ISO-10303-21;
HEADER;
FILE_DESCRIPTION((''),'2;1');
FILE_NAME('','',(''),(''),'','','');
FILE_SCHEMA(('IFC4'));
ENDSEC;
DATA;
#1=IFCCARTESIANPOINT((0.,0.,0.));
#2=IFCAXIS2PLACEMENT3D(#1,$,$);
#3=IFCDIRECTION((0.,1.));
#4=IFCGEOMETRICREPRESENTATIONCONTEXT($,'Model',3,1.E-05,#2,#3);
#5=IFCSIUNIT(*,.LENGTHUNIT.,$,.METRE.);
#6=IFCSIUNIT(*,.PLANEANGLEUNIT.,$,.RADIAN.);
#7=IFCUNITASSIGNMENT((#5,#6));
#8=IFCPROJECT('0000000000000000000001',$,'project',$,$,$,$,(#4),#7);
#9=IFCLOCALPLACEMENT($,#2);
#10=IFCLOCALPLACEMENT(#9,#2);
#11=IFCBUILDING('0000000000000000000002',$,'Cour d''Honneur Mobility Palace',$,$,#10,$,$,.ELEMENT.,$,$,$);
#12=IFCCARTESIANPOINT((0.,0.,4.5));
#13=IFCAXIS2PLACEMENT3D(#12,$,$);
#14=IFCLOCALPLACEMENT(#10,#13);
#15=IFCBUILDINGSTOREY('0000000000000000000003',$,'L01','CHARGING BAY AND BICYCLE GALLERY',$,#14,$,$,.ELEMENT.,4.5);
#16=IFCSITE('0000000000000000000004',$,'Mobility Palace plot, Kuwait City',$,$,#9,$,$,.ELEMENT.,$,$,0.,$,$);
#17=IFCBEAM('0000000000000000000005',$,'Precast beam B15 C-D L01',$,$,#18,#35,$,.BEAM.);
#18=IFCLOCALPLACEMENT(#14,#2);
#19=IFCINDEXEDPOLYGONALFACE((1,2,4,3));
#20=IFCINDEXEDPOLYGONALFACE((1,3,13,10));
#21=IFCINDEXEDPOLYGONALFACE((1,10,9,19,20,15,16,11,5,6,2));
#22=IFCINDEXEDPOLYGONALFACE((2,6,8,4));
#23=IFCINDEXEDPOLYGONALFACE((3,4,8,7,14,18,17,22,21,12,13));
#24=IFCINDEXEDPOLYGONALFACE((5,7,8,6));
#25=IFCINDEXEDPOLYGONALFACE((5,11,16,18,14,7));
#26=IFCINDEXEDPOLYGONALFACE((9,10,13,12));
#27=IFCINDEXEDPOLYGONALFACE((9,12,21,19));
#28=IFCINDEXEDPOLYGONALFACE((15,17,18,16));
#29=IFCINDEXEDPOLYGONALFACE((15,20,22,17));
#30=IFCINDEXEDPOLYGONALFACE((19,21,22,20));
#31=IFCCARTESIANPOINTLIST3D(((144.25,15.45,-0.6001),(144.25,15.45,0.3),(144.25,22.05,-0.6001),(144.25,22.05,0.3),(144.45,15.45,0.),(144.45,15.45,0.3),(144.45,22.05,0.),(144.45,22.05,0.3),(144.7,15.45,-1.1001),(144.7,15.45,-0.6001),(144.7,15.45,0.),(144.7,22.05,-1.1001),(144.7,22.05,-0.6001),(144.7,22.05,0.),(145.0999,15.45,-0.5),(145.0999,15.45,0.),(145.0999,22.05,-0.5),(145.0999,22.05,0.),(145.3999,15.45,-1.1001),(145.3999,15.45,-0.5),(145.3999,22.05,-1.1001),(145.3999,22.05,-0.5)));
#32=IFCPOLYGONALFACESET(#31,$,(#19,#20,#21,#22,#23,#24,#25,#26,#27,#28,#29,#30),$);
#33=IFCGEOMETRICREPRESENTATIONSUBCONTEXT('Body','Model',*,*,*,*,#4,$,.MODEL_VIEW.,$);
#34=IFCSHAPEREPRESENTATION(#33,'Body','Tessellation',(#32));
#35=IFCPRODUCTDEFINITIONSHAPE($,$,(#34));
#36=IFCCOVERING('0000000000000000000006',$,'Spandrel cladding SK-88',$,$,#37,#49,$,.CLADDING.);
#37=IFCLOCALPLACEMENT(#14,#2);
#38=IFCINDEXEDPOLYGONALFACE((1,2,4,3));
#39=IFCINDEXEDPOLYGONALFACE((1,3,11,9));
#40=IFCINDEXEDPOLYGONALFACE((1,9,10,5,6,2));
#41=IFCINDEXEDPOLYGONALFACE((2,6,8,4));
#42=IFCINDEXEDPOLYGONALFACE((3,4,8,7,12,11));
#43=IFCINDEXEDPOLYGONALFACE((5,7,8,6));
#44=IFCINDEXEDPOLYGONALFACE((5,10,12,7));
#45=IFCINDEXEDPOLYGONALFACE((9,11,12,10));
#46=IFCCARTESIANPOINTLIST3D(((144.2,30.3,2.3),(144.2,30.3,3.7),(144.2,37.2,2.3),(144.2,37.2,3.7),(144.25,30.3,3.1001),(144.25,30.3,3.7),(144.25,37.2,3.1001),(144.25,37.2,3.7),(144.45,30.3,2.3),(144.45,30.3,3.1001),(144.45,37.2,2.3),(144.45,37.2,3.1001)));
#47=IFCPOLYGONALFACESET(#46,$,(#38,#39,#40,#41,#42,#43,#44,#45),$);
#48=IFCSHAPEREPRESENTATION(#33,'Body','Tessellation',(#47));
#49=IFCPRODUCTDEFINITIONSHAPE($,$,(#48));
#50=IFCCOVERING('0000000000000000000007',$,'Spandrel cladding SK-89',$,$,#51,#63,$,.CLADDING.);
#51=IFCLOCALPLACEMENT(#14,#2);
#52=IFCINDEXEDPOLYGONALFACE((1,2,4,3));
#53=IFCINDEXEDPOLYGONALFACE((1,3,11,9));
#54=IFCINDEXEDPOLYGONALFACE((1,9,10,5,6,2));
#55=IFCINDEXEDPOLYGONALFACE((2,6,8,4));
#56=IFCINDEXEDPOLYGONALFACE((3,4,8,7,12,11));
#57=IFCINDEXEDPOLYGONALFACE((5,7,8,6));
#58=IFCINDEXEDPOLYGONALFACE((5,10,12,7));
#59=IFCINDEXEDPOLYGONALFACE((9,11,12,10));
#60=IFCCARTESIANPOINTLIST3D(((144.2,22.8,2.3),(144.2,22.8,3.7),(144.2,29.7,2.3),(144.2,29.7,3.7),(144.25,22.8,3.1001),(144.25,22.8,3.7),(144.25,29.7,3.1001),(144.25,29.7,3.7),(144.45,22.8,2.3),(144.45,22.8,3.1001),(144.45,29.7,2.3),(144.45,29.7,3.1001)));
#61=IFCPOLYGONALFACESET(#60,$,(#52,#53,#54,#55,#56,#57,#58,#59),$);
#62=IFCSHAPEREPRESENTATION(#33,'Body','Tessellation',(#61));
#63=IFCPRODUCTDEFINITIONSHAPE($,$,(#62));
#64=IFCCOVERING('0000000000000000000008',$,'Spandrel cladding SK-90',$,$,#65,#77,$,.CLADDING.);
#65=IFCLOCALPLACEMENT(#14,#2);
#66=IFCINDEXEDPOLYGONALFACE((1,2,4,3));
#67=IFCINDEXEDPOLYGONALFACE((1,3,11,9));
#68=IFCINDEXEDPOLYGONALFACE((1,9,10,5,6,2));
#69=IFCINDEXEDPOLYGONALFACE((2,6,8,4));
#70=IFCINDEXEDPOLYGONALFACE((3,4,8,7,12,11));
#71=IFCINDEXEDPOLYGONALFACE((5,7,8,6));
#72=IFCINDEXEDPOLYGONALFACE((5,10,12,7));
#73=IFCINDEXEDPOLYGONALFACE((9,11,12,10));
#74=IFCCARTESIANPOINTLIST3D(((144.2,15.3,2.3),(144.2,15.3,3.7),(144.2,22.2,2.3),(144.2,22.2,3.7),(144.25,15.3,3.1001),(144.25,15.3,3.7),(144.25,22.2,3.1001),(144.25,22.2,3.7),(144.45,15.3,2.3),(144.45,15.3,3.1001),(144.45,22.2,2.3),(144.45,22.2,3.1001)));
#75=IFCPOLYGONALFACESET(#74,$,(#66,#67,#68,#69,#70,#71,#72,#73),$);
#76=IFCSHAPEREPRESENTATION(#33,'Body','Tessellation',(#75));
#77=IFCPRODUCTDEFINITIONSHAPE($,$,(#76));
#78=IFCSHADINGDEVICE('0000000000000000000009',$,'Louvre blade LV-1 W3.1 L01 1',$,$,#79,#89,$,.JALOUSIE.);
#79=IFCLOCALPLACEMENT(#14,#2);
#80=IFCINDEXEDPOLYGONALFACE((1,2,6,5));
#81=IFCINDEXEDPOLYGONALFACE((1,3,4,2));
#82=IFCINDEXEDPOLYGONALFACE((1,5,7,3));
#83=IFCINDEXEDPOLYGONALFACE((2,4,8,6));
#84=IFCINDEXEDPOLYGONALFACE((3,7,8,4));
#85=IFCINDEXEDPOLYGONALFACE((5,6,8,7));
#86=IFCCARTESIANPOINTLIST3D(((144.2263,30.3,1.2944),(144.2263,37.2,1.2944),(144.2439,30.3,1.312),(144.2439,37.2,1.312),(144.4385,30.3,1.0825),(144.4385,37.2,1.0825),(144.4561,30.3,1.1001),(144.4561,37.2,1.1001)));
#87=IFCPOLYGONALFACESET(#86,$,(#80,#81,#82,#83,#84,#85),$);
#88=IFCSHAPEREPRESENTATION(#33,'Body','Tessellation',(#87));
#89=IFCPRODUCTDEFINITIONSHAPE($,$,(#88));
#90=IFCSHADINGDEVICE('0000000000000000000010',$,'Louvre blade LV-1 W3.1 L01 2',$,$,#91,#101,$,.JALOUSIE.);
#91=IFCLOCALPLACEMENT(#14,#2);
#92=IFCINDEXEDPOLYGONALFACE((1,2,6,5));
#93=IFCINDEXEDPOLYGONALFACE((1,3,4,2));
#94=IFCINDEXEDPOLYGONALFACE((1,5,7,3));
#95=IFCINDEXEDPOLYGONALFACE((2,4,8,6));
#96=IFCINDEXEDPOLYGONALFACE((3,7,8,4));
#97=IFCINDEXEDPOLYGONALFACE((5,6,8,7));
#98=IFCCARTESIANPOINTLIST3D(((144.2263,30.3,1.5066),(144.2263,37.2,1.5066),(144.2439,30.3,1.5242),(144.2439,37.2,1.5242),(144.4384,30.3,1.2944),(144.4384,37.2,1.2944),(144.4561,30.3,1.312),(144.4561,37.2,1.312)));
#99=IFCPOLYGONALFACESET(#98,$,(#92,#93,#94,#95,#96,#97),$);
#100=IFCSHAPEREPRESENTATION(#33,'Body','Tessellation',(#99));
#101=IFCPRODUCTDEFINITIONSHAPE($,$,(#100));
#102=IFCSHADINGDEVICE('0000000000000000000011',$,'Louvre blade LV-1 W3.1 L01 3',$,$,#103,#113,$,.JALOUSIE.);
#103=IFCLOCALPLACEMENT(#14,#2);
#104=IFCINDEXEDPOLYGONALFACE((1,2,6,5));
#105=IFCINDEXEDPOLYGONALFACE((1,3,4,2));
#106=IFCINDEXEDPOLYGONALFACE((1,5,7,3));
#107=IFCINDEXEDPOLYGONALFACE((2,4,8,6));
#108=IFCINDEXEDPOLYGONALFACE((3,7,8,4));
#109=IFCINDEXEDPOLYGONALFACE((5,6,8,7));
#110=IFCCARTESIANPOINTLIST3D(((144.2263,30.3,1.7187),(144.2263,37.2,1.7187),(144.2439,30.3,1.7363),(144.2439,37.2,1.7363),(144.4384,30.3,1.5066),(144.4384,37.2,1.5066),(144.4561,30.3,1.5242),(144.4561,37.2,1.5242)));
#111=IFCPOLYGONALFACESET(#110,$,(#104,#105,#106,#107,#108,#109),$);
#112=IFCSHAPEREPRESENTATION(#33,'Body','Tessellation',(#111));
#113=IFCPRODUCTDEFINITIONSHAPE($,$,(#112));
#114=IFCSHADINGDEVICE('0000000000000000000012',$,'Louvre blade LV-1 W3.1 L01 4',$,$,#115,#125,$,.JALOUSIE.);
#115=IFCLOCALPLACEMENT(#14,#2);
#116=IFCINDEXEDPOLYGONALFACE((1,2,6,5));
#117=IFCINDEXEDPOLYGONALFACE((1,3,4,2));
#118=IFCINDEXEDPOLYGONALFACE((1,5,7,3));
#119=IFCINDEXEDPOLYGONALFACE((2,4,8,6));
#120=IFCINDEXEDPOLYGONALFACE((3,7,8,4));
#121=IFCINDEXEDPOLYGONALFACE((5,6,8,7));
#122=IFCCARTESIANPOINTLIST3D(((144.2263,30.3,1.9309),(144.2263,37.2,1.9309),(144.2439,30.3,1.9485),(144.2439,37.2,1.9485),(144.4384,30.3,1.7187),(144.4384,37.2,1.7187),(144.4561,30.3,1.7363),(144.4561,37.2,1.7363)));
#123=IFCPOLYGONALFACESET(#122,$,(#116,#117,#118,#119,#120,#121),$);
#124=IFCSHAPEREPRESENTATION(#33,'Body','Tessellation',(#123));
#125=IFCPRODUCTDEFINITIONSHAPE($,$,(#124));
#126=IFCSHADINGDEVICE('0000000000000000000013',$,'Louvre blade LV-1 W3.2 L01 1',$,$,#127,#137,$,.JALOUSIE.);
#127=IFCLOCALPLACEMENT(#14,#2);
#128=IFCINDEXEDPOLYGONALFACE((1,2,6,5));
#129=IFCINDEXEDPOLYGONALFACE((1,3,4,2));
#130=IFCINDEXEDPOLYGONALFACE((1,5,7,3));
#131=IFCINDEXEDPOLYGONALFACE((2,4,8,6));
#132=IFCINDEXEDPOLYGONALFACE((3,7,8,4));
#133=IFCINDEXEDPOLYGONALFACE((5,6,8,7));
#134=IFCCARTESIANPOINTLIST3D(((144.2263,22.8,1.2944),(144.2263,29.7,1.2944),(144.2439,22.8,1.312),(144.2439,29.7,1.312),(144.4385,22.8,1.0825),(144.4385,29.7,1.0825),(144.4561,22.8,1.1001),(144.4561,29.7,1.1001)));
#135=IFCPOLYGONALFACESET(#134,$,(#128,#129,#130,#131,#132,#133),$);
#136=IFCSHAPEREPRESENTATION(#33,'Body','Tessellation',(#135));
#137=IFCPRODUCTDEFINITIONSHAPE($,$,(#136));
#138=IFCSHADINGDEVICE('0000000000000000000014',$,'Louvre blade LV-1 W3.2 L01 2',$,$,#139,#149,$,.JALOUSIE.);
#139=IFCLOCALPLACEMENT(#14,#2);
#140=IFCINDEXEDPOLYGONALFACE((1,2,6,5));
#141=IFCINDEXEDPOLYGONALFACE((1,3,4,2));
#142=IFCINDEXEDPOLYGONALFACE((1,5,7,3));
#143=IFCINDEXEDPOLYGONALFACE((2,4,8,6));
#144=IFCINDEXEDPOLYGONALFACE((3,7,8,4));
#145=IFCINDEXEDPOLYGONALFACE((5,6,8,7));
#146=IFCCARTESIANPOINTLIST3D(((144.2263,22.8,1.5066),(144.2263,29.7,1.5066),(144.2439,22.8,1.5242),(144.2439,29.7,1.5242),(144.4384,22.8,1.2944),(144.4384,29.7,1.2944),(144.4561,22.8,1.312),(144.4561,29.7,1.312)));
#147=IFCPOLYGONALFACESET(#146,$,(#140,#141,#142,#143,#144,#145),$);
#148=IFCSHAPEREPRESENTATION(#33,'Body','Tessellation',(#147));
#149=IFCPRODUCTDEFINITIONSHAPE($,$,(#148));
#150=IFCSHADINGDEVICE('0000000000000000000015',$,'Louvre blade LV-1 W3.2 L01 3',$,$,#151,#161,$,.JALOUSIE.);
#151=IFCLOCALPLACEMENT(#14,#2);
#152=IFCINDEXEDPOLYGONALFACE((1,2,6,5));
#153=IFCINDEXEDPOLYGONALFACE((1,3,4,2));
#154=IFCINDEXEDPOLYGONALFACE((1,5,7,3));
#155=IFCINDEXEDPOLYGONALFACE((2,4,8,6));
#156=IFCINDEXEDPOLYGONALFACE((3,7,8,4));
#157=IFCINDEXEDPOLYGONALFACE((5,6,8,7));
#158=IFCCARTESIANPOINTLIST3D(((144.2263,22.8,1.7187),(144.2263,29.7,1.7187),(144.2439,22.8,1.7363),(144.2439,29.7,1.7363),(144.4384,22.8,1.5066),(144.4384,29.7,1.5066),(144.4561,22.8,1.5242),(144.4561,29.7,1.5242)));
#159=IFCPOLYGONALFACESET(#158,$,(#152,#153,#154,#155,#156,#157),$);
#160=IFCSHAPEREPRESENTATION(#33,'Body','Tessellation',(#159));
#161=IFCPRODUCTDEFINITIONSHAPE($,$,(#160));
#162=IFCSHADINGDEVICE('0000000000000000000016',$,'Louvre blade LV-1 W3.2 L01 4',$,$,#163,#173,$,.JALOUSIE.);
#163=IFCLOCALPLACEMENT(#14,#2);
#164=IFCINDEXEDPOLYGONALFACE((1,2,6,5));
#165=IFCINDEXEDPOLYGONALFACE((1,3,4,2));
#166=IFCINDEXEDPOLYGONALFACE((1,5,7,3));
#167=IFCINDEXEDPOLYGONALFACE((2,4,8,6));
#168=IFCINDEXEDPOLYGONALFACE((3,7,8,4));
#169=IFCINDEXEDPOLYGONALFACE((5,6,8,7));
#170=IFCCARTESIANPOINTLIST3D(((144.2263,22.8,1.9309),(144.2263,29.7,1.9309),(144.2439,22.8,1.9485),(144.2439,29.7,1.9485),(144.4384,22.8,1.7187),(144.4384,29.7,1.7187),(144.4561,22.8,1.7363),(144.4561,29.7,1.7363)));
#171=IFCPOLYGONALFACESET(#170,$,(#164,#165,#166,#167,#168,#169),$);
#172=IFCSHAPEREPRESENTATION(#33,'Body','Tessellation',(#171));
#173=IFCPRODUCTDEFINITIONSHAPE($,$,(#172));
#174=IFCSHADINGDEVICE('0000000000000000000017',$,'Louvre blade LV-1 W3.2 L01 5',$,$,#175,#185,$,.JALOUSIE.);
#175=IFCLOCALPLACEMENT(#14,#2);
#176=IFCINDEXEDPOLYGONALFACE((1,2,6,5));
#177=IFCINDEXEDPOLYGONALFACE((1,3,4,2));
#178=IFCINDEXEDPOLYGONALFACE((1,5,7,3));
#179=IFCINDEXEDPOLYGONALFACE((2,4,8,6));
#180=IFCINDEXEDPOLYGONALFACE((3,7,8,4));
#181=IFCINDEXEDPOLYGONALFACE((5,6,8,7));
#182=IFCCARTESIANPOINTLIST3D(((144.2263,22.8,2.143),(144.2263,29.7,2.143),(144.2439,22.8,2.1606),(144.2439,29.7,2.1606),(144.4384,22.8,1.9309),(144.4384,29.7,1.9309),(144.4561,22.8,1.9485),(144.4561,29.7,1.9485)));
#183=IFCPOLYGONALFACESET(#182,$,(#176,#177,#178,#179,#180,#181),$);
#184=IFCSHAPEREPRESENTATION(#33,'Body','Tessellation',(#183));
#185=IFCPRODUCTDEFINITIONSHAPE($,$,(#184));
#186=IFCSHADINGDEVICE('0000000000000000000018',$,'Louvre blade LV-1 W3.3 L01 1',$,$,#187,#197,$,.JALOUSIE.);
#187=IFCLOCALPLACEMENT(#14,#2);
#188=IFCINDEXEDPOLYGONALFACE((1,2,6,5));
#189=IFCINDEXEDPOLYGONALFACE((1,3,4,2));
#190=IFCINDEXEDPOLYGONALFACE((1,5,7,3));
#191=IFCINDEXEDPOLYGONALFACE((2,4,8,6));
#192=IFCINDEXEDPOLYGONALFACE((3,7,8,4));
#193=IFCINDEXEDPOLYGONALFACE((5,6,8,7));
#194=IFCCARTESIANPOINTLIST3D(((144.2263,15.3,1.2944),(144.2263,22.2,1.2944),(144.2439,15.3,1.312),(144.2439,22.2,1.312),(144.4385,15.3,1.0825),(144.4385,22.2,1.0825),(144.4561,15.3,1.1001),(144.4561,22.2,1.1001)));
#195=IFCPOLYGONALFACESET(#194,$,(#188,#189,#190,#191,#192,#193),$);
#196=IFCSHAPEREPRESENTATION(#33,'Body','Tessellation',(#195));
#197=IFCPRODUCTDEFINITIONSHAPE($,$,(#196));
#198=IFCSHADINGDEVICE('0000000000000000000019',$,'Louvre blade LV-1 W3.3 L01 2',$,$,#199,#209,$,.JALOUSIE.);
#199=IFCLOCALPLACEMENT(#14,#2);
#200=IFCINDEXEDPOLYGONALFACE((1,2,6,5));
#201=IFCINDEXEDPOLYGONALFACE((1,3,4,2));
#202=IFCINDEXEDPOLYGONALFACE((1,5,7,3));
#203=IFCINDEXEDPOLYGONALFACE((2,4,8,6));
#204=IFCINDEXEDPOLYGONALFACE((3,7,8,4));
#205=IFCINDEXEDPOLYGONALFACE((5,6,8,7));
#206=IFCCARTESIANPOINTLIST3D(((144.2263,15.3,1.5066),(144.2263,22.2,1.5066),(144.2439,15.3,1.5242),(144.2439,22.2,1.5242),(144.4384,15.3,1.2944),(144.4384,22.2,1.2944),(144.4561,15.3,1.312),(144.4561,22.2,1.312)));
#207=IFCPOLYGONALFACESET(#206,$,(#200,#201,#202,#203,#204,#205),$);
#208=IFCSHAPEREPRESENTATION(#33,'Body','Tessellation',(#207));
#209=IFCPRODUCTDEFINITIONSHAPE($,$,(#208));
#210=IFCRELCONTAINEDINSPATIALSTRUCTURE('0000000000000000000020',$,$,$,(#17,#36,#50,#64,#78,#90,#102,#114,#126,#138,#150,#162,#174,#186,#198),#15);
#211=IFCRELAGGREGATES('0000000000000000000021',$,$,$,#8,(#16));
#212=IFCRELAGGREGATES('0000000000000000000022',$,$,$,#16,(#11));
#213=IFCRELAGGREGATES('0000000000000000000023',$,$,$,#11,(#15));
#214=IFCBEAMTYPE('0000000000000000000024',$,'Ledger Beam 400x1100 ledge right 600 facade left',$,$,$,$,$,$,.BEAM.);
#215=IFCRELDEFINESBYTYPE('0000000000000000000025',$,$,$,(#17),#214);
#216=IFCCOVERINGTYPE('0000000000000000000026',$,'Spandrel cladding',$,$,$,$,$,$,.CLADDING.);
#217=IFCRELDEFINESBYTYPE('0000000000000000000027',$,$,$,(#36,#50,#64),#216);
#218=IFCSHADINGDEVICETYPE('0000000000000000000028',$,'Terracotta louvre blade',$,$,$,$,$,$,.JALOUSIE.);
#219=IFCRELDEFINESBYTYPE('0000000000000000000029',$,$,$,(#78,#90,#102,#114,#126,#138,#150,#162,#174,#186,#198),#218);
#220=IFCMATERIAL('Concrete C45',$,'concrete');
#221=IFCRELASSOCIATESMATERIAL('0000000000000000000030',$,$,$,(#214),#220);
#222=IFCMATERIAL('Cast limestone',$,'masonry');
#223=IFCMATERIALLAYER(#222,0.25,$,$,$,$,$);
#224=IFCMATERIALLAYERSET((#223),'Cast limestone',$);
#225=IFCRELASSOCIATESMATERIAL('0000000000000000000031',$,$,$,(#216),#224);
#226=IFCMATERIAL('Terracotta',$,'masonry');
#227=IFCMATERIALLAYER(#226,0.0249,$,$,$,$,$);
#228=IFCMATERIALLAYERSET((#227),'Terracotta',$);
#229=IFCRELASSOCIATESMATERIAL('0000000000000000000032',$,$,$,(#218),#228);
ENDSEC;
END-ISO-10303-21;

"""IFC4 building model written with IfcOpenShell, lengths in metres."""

from ifc_helpers import new_model, si_unit, direction, frame, origin, place, context, subcontext, project, spatial, polyline, outline, extrude, material, layer, layer_set, material_profile, profile_set, type_object, element, save


model = new_model("IFC4")

# Units and contexts
model_context = context("Model", 3, precision=1e-05, world=origin(), true_north=direction((0.0, 1.0)))
body_context = subcontext(model_context, "Body", "Model", "MODEL_VIEW")
ifc_project = project(units=[si_unit("LENGTHUNIT", "METRE"), si_unit("PLANEANGLEUNIT", "RADIAN")], contexts=[model_context])

# Site, building, storey
site_placement = place(None, origin())
site = spatial("IfcSite", under=ifc_project, at=site_placement, Name="Mobility Palace plot, Kuwait City", CompositionType="ELEMENT", RefElevation=0.0)
building_placement = place(site_placement, origin())
building = spatial("IfcBuilding", under=site, at=building_placement, Name="Cour d'Honneur Mobility Palace", CompositionType="ELEMENT")
storey_placement = place(building_placement, frame((0.0, 0.0, 4.5)))
storey = spatial("IfcBuildingStorey", under=building, at=storey_placement, Name="L01", Description="CHARGING BAY AND BICYCLE GALLERY", CompositionType="ELEMENT", Elevation=4.5)

# Beam
ifc_material_1 = material(Name="Concrete C45", Category="concrete")
ifc_material_profile = material_profile(ifc_material_1, outline(polyline([(0.2, -1.1001), (0.2, -0.6001), (0.6499, -0.6001), (0.6499, 0.3), (0.45, 0.3), (0.45, 0.0), (0.2, 0.0), (-0.2, 0.0), (-0.2, -0.5), (-0.5, -0.5), (-0.5, -1.1001), (0.2, -1.1001)])), Name="Ledger Beam 400x1100 ledge right 600 facade left")
ifc_profile_set = profile_set([ifc_material_profile], Name="Concrete C45")
beam_type = type_object("IfcBeamType", Name="Ledger Beam 400x1100 ledge right 600 facade left", PredefinedType="BEAM", material=ifc_profile_set)
beam_placement = place(storey_placement, frame((144.8999, 15.45, 0.0), z_axis=(0.0, 1.0, 0.0), x_axis=(-1.0, 0.0, 0.0)))
element("IfcBeam", 1, at=beam_placement, inside=storey, type_object=beam_type, Name="Precast beam B15 C-D L01", PredefinedType="BEAM", context=body_context, shape_type="SweptSolid", body=[
    extrude(outline(polyline([(0.2, -1.1001), (0.2, -0.6001), (0.6499, -0.6001), (0.6499, 0.3), (0.45, 0.3), (0.45, 0.0), (0.2, 0.0), (-0.2, 0.0), (-0.2, -0.5), (-0.5, -0.5), (-0.5, -1.1001), (0.2, -1.1001)])), origin(), (0.0, 0.0, 1.0), 6.6001),
])

# Coverings
ifc_material_2 = material(Name="Cast limestone", Category="masonry")
ifc_layer_1 = layer(ifc_material_2, 0.25)
ifc_layer_set_1 = layer_set([ifc_layer_1], Name="Cast limestone")
covering_type = type_object("IfcCoveringType", Name="Spandrel cladding", PredefinedType="CLADDING", material=ifc_layer_set_1)
for number, where, z_axis, x_axis, name in (
    (2, (144.45, 37.2, 2.3), (0.0, 1.0, 0.0), (-1.0, 0.0, 0.0), "Spandrel cladding SK-88"),
    (3, (144.45, 29.7, 2.3), (0.0, 1.0, 0.0), (-1.0, 0.0, 0.0), "Spandrel cladding SK-89"),
    (4, (144.45, 22.2, 2.3), (0.0, 1.0, 0.0), (-1.0, 0.0, 0.0), "Spandrel cladding SK-90"),
):
    element("IfcCovering", number, at=place(storey_placement, frame(where, z_axis=z_axis, x_axis=x_axis)), inside=storey, type_object=covering_type, Name=name, PredefinedType="CLADDING", context=body_context, shape_type="SweptSolid", body=[
        extrude(outline(polyline([(0.0, 0.0), (0.25, 0.0), (0.25, 1.3999), (0.2, 1.3999), (0.2, 0.8), (0.0, 0.8), (0.0, 0.0)])), origin(), (0.0, 0.0, -1.0), 6.8999),
    ])

# Shading devices
ifc_material_3 = material(Name="Terracotta", Category="masonry")
ifc_layer_2 = layer(ifc_material_3, 0.0249)
ifc_layer_set_2 = layer_set([ifc_layer_2], Name="Terracotta")
shading_device_type = type_object("IfcShadingDeviceType", Name="Terracotta louvre blade", PredefinedType="JALOUSIE", material=ifc_layer_set_2)
shading_device_1_placement = place(storey_placement, frame((144.4561, 37.2, 1.1001), z_axis=(0.7067, 0.0, 0.707514), x_axis=(0.0, -1.0, 0.0)))
element("IfcShadingDevice", 5, at=shading_device_1_placement, inside=storey, type_object=shading_device_type, Name="Louvre blade LV-1 W3.1 L01 1", PredefinedType="JALOUSIE", context=body_context, shape_type="SweptSolid", body=[
    extrude(outline(polyline([(0.0, 0.0), (6.8999, 0.0), (6.8999, -0.2999), (0.0, -0.2999), (0.0, 0.0)])), origin(), (0.0, 0.0, -1.0), 0.0249),
])
for number, where, z_axis, x_axis, name in (
    (6, (144.4561, 37.2, 1.312), (0.707107, 0.0, 0.707107), (0.0, -1.0, 0.0), "Louvre blade LV-1 W3.1 L01 2"),
    (7, (144.4561, 37.2, 1.5242), (0.707107, 0.0, 0.707107), (0.0, -1.0, 0.0), "Louvre blade LV-1 W3.1 L01 3"),
    (8, (144.4561, 37.2, 1.7363), (0.707107, 0.0, 0.707107), (0.0, -1.0, 0.0), "Louvre blade LV-1 W3.1 L01 4"),
):
    element("IfcShadingDevice", number, at=place(storey_placement, frame(where, z_axis=z_axis, x_axis=x_axis)), inside=storey, type_object=shading_device_type, Name=name, PredefinedType="JALOUSIE", context=body_context, shape_type="SweptSolid", body=[
        extrude(outline(polyline([(0.0, 0.0), (6.8999, 0.0), (6.8999, -0.3), (0.0, -0.3), (0.0, 0.0)])), origin(), (0.0, 0.0, -1.0), 0.0249),
    ])
shading_device_2_placement = place(storey_placement, frame((144.4561, 29.7, 1.1001), z_axis=(0.7067, 0.0, 0.707514), x_axis=(0.0, -1.0, 0.0)))
element("IfcShadingDevice", 9, at=shading_device_2_placement, inside=storey, type_object=shading_device_type, Name="Louvre blade LV-1 W3.2 L01 1", PredefinedType="JALOUSIE", context=body_context, shape_type="SweptSolid", body=[
    extrude(outline(polyline([(0.0, 0.0), (6.8999, 0.0), (6.8999, -0.2999), (0.0, -0.2999), (0.0, 0.0)])), origin(), (0.0, 0.0, -1.0), 0.0249),
])
for number, where, z_axis, x_axis, name in (
    (10, (144.4561, 29.7, 1.312), (0.707107, 0.0, 0.707107), (0.0, -1.0, 0.0), "Louvre blade LV-1 W3.2 L01 2"),
    (11, (144.4561, 29.7, 1.5242), (0.707107, 0.0, 0.707107), (0.0, -1.0, 0.0), "Louvre blade LV-1 W3.2 L01 3"),
    (12, (144.4561, 29.7, 1.7363), (0.707107, 0.0, 0.707107), (0.0, -1.0, 0.0), "Louvre blade LV-1 W3.2 L01 4"),
    (13, (144.4561, 29.7, 1.9485), (0.707107, 0.0, 0.707107), (0.0, -1.0, 0.0), "Louvre blade LV-1 W3.2 L01 5"),
):
    element("IfcShadingDevice", number, at=place(storey_placement, frame(where, z_axis=z_axis, x_axis=x_axis)), inside=storey, type_object=shading_device_type, Name=name, PredefinedType="JALOUSIE", context=body_context, shape_type="SweptSolid", body=[
        extrude(outline(polyline([(0.0, 0.0), (6.8999, 0.0), (6.8999, -0.3), (0.0, -0.3), (0.0, 0.0)])), origin(), (0.0, 0.0, -1.0), 0.0249),
    ])
shading_device_3_placement = place(storey_placement, frame((144.4561, 22.2, 1.1001), z_axis=(0.7067, 0.0, 0.707514), x_axis=(0.0, -1.0, 0.0)))
element("IfcShadingDevice", 14, at=shading_device_3_placement, inside=storey, type_object=shading_device_type, Name="Louvre blade LV-1 W3.3 L01 1", PredefinedType="JALOUSIE", context=body_context, shape_type="SweptSolid", body=[
    extrude(outline(polyline([(0.0, 0.0), (6.8999, 0.0), (6.8999, -0.2999), (0.0, -0.2999), (0.0, 0.0)])), origin(), (0.0, 0.0, -1.0), 0.0249),
])
for number, where, z_axis, x_axis, name in (
    (15, (144.4561, 22.2, 1.312), (0.707107, 0.0, 0.707107), (0.0, -1.0, 0.0), "Louvre blade LV-1 W3.3 L01 2"),
):
    element("IfcShadingDevice", number, at=place(storey_placement, frame(where, z_axis=z_axis, x_axis=x_axis)), inside=storey, type_object=shading_device_type, Name=name, PredefinedType="JALOUSIE", context=body_context, shape_type="SweptSolid", body=[
        extrude(outline(polyline([(0.0, 0.0), (6.8999, 0.0), (6.8999, -0.3), (0.0, -0.3), (0.0, 0.0)])), origin(), (0.0, 0.0, -1.0), 0.0249),
    ])

save(model, "model.ifc")
